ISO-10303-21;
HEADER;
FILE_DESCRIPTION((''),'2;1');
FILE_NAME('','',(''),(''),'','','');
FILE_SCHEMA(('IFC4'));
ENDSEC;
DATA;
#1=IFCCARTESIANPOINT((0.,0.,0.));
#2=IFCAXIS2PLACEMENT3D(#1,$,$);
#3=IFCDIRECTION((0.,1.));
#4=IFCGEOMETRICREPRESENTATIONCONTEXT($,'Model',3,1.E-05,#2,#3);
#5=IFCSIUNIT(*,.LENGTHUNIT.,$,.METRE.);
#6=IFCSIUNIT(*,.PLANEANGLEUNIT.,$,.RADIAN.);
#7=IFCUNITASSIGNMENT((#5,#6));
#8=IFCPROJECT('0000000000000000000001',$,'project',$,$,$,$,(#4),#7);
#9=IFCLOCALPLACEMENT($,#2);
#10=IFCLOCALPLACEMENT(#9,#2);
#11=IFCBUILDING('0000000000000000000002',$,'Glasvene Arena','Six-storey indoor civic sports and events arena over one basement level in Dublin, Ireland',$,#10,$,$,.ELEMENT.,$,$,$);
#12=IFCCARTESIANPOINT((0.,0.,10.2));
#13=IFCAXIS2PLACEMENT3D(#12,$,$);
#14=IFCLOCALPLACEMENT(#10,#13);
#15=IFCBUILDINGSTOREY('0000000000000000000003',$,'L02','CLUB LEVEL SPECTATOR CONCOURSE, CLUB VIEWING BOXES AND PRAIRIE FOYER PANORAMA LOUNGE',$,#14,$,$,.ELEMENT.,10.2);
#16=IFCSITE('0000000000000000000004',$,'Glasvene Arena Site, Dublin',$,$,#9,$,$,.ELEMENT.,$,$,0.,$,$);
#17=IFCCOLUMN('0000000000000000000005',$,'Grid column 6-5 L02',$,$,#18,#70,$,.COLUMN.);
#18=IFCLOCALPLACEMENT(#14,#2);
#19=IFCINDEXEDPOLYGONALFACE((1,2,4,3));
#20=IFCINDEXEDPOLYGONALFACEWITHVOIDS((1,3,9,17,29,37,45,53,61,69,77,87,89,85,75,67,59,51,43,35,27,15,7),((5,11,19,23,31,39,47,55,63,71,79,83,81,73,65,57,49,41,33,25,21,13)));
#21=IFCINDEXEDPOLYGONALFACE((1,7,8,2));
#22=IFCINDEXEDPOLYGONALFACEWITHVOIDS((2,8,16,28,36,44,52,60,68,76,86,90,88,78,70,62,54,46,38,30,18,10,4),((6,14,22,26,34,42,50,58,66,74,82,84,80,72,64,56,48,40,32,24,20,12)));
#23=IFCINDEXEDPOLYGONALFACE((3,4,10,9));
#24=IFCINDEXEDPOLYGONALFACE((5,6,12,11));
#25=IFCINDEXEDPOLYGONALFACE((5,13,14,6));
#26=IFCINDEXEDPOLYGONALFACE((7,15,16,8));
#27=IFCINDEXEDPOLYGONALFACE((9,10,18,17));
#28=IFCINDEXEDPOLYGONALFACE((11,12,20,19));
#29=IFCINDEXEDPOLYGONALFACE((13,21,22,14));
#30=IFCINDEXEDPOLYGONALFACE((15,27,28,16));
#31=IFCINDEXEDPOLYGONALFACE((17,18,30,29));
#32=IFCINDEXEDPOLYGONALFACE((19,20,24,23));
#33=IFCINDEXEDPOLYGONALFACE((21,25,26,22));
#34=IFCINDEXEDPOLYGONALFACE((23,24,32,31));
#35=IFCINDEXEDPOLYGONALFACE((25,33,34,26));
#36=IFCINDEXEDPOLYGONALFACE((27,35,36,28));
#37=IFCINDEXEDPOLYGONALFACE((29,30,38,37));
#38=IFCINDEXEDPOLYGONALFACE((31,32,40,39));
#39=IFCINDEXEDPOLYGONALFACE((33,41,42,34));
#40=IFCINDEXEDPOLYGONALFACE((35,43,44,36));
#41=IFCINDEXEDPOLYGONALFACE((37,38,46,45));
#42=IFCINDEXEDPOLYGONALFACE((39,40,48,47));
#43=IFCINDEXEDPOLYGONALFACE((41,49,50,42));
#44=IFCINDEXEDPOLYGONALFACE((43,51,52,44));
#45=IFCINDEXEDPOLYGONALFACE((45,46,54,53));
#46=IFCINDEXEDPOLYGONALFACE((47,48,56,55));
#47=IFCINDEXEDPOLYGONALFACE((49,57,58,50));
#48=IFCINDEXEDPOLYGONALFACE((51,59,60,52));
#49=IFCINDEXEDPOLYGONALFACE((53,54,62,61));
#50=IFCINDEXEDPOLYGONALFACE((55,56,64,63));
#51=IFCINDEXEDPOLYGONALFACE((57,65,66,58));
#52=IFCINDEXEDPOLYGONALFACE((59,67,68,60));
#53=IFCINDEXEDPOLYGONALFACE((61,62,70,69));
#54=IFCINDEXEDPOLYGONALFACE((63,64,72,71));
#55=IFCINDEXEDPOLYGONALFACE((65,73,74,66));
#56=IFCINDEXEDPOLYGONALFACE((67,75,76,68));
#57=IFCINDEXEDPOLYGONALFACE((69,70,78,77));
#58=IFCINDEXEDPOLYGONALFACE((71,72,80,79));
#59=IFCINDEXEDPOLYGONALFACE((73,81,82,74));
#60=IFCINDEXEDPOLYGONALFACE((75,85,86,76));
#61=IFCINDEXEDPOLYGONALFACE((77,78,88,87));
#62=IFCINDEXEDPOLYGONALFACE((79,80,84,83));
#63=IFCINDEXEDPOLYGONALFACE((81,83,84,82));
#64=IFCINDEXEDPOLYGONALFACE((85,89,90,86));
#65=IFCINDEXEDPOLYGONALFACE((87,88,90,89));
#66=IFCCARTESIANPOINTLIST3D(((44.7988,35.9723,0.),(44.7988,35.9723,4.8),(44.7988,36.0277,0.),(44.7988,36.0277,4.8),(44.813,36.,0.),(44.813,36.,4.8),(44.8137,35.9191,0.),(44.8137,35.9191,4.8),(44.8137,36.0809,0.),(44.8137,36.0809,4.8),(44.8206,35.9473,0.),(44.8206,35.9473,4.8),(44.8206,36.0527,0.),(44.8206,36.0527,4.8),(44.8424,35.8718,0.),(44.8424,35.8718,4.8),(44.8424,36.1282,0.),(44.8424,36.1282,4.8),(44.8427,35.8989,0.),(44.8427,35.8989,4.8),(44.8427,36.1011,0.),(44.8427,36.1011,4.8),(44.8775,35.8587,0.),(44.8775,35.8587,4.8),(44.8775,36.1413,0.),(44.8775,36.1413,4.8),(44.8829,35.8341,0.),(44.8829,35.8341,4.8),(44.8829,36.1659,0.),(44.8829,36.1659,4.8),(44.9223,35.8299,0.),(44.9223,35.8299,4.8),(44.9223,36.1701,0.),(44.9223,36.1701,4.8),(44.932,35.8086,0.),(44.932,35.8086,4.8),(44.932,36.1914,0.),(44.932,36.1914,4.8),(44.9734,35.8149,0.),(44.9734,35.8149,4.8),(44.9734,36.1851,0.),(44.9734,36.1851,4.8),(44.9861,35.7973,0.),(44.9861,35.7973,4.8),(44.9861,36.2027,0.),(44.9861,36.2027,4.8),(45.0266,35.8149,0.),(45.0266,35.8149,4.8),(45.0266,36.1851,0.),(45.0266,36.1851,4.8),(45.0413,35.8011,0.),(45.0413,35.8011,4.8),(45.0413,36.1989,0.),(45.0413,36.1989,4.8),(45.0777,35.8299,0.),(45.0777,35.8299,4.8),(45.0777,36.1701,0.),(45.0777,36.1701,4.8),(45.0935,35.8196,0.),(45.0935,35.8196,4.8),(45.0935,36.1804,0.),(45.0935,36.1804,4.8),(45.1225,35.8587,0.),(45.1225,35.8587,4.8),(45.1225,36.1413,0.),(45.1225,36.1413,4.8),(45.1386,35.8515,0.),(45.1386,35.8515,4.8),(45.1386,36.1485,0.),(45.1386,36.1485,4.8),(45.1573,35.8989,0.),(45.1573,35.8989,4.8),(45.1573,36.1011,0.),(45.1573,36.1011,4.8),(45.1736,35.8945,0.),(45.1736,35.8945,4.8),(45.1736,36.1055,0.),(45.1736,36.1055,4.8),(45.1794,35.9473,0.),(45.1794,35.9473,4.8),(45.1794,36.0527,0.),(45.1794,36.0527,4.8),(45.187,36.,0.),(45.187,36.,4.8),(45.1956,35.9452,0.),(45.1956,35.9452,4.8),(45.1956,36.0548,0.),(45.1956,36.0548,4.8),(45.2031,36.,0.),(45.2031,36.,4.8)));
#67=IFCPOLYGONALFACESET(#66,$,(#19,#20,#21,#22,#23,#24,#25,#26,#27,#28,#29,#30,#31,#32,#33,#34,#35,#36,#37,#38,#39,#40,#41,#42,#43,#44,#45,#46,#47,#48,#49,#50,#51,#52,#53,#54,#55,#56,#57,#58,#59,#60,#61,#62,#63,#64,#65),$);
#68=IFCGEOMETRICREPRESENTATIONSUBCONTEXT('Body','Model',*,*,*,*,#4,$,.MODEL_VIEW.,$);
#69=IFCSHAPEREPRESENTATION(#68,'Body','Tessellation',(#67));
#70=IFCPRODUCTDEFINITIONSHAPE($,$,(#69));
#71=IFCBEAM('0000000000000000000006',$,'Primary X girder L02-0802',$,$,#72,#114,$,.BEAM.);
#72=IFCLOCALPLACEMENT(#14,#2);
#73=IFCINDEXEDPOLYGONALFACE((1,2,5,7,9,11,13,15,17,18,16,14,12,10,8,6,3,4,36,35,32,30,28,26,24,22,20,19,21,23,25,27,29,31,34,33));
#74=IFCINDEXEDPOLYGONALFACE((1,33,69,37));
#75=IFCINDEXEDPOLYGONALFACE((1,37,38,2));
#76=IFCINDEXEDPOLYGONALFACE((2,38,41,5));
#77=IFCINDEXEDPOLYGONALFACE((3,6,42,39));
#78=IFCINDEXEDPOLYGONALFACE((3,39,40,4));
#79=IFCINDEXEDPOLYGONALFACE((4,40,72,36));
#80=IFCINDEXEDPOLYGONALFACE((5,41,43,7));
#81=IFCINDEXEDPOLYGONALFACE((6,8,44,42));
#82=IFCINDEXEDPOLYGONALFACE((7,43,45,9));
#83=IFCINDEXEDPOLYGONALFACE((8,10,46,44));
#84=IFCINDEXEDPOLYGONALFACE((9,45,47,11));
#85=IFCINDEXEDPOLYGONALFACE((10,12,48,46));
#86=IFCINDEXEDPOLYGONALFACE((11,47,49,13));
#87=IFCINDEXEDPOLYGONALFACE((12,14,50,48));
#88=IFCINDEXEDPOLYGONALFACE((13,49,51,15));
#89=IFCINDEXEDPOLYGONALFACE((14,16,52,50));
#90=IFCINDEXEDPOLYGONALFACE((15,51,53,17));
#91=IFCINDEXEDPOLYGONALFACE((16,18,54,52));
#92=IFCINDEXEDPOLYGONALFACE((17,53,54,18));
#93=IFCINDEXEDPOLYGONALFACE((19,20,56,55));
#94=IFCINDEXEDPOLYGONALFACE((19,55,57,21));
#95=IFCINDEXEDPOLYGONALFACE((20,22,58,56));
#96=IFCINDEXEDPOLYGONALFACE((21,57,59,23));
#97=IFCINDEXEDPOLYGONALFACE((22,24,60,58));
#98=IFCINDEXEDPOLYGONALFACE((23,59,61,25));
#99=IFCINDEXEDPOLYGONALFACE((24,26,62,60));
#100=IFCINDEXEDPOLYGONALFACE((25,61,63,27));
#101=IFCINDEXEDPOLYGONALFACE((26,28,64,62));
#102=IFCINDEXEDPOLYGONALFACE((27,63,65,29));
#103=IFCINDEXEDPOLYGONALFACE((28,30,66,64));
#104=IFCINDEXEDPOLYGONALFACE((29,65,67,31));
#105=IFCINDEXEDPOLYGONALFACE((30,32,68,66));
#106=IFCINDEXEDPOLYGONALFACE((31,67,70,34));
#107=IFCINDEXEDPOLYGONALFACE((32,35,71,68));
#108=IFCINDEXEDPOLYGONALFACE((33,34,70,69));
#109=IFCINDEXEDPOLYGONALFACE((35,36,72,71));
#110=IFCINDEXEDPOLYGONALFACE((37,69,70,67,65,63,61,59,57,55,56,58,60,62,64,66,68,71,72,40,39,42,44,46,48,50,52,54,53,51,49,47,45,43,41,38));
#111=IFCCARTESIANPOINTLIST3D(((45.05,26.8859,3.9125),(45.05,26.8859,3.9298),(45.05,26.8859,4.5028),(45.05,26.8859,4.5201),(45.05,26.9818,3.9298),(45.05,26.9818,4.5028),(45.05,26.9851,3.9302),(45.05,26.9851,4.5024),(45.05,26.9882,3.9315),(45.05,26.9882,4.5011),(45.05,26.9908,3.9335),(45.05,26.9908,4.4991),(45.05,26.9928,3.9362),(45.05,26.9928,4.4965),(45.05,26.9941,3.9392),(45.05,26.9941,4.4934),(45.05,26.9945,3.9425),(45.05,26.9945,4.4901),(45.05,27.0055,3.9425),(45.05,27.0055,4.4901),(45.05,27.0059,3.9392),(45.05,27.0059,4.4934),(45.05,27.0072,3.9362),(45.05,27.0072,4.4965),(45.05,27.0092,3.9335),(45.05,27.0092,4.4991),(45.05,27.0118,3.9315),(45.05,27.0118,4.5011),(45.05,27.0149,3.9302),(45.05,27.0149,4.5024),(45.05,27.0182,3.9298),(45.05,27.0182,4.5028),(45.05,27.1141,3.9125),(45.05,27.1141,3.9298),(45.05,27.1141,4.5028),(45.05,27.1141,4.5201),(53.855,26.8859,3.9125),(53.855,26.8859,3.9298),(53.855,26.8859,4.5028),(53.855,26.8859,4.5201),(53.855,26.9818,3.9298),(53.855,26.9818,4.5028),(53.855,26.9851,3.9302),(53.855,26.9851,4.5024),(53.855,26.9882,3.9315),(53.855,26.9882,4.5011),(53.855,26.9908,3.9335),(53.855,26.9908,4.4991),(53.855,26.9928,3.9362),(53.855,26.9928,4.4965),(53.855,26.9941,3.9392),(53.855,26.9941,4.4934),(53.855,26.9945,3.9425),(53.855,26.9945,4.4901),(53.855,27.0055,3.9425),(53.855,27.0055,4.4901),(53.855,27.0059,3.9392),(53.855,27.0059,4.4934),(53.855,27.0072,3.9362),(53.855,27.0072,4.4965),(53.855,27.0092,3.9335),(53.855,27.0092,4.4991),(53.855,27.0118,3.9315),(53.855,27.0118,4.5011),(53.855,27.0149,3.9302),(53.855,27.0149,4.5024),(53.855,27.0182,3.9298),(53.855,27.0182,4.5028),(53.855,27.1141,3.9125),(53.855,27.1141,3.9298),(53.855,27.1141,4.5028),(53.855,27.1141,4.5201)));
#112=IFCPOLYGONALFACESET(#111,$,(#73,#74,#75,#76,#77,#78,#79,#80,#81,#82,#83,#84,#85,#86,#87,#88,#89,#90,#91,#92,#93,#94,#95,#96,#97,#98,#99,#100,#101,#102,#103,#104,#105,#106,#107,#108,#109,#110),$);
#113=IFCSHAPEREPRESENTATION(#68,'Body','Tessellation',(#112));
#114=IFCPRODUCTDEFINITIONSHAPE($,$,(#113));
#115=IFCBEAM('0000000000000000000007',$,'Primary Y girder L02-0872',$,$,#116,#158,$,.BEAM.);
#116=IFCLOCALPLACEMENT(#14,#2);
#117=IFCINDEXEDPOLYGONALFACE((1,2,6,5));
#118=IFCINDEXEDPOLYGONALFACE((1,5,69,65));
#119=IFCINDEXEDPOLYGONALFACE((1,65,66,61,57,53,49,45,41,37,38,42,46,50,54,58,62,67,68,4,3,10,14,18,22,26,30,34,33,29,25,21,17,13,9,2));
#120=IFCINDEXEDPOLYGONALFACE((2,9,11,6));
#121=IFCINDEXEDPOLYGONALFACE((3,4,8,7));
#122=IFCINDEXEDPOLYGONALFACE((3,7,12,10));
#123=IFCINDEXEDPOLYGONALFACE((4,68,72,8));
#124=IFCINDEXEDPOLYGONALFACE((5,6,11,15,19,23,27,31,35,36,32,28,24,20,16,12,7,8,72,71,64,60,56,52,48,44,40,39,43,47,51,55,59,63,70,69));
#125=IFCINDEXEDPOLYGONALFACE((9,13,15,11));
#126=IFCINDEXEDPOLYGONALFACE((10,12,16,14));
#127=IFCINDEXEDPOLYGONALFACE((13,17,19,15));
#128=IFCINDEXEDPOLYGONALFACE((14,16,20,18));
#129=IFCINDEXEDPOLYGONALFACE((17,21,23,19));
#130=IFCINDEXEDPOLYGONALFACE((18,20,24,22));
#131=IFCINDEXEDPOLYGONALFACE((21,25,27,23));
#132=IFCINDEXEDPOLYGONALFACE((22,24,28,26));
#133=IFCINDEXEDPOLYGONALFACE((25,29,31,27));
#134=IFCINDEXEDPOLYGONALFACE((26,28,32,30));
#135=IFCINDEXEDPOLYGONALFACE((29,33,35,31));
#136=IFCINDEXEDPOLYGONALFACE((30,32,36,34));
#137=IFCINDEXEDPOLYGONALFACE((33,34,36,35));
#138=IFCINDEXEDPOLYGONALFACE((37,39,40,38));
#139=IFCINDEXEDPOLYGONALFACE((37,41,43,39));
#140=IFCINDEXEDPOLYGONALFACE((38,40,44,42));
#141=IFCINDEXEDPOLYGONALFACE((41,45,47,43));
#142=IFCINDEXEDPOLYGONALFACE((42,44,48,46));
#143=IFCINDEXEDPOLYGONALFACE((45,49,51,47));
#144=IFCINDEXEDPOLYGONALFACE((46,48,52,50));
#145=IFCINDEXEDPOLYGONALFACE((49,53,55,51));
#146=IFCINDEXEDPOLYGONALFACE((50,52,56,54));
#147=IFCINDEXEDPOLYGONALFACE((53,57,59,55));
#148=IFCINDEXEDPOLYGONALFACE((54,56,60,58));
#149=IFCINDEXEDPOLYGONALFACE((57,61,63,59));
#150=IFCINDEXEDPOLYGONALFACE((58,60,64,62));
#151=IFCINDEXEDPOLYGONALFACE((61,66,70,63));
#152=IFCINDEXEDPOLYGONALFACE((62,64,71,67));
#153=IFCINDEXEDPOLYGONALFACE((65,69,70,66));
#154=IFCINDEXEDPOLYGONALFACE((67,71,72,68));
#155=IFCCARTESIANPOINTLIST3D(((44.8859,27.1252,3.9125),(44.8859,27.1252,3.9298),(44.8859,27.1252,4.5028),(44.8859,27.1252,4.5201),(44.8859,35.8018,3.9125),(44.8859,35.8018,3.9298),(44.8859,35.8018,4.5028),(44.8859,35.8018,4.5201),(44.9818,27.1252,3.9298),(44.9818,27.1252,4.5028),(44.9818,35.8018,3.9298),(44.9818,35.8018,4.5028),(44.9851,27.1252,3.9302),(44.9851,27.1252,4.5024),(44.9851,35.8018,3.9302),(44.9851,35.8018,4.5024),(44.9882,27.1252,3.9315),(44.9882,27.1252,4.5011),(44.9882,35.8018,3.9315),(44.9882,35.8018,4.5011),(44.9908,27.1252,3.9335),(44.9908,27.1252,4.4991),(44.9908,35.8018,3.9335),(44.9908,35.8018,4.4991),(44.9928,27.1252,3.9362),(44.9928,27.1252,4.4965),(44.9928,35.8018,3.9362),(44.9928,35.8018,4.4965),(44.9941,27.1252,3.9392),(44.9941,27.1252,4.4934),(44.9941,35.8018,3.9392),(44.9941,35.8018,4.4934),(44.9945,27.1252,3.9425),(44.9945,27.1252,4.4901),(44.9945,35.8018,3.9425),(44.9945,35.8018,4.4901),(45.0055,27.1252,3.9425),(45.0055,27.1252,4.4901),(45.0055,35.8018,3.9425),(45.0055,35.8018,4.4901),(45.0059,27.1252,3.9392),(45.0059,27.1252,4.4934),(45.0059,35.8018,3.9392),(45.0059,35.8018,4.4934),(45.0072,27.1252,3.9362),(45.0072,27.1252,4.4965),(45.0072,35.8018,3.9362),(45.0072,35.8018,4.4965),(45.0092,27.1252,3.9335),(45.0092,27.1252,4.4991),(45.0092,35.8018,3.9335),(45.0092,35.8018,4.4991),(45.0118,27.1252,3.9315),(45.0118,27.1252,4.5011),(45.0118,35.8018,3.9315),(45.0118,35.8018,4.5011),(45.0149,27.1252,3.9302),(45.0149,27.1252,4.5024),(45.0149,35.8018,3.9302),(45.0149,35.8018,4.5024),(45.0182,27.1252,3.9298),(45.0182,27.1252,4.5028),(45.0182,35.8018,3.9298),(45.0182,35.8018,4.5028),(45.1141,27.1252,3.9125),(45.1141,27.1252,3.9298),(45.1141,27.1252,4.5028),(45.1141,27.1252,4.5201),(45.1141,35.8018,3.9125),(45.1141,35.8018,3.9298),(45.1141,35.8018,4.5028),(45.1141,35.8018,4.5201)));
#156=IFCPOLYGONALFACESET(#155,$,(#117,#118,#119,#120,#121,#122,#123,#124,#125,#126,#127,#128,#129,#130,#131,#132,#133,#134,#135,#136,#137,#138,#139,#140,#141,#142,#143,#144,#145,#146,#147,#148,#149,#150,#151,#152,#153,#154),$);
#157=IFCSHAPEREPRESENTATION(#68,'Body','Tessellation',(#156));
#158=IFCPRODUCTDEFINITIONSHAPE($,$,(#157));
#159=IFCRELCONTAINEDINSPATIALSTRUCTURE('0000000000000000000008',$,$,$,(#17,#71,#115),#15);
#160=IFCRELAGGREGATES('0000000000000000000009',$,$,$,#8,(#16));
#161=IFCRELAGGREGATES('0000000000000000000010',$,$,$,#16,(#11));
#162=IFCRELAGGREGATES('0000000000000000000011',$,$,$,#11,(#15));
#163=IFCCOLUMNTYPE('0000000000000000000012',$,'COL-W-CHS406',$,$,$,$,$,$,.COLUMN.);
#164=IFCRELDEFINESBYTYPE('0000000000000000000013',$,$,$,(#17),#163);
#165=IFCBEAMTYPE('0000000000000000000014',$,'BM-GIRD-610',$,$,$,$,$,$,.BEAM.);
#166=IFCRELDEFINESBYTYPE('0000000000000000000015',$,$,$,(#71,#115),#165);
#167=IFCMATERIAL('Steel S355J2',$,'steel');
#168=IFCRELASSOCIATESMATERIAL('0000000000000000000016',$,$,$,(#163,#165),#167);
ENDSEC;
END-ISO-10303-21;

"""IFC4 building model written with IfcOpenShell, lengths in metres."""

from ifc_helpers import new_model, si_unit, direction, frame, origin, origin_2d, place, context, subcontext, project, spatial, hollow_circle, i_section, extrude, material, material_profile, profile_set, type_object, element, save


model = new_model("IFC4")

# Units and contexts
model_context = context("Model", 3, precision=1e-05, world=origin(), true_north=direction((0.0, 1.0)))
body_context = subcontext(model_context, "Body", "Model", "MODEL_VIEW")
ifc_project = project(units=[si_unit("LENGTHUNIT", "METRE"), si_unit("PLANEANGLEUNIT", "RADIAN")], contexts=[model_context])

# Site, building, storey
site_placement = place(None, origin())
site = spatial("IfcSite", under=ifc_project, at=site_placement, Name="Glasvene Arena Site, Dublin", CompositionType="ELEMENT", RefElevation=0.0)
building_placement = place(site_placement, origin())
building = spatial("IfcBuilding", under=site, at=building_placement, Name="Glasvene Arena", Description="Six-storey indoor civic sports and events arena over one basement level in Dublin, Ireland", CompositionType="ELEMENT")
storey_placement = place(building_placement, frame((0.0, 0.0, 10.2)))
storey = spatial("IfcBuildingStorey", under=building, at=storey_placement, Name="L02", Description="CLUB LEVEL SPECTATOR CONCOURSE, CLUB VIEWING BOXES AND PRAIRIE FOYER PANORAMA LOUNGE", CompositionType="ELEMENT", Elevation=10.2)

# Column
ifc_material_1 = material(Name="Steel S355J2", Category="steel")
ifc_material_profile_1 = material_profile(ifc_material_1, hollow_circle(Radius=0.2031, WallThickness=0.0161, at=origin_2d()), Name="CHS 406.4x16.0")
ifc_profile_set_1 = profile_set([ifc_material_profile_1], Name="Steel S355J2")
column_type = type_object("IfcColumnType", Name="COL-W-CHS406", PredefinedType="COLUMN", material=ifc_profile_set_1)
column_placement = place(storey_placement, frame((45.0, 36.0, 0.0), z_axis=(0.0, 0.0, 1.0), x_axis=(1.0, 0.0, 0.0)))
element("IfcColumn", 1, at=column_placement, inside=storey, type_object=column_type, Name="Grid column 6-5 L02", PredefinedType="COLUMN", context=body_context, shape_type="SweptSolid", body=[
    extrude(hollow_circle(Radius=0.2031, WallThickness=0.0161, at=origin_2d()), origin(), (0.0, 0.0, 1.0), 4.8),
])

# Beams
ifc_material_profile_2 = material_profile(ifc_material_1, i_section(OverallWidth=0.2283, OverallDepth=0.6077, WebThickness=0.011, FlangeThickness=0.0173, FilletRadius=0.0127, at=origin_2d()), Name="UKB 610x229x113")
ifc_profile_set_2 = profile_set([ifc_material_profile_2], Name="Steel S355J2")
beam_type_1 = type_object("IfcBeamType", Name="BM-GIRD-610", PredefinedType="BEAM", material=ifc_profile_set_2)
beam_1_placement = place(storey_placement, frame((45.05, 27.0, 4.2163), z_axis=(1.0, 0.0, 0.0), x_axis=(0.0, 1.0, 0.0)))
element("IfcBeam", 2, at=beam_1_placement, inside=storey, type_object=beam_type_1, Name="Primary X girder L02-0802", PredefinedType="BEAM", context=body_context, shape_type="SweptSolid", body=[
    extrude(i_section(OverallWidth=0.2283, OverallDepth=0.6077, WebThickness=0.011, FlangeThickness=0.0173, FilletRadius=0.0127, at=origin_2d()), origin(), (0.0, 0.0, 1.0), 8.8049),
])
beam_2_placement = place(storey_placement, frame((45.0, 27.1252, 4.2163), z_axis=(0.0, 1.0, 0.0), x_axis=(-1.0, 0.0, 0.0)))
element("IfcBeam", 3, at=beam_2_placement, inside=storey, type_object=beam_type_1, Name="Primary Y girder L02-0872", PredefinedType="BEAM", context=body_context, shape_type="SweptSolid", body=[
    extrude(i_section(OverallWidth=0.2283, OverallDepth=0.6077, WebThickness=0.011, FlangeThickness=0.0173, FilletRadius=0.0127, at=origin_2d()), origin(), (0.0, 0.0, 1.0), 8.6765),
])

save(model, "model.ifc")
